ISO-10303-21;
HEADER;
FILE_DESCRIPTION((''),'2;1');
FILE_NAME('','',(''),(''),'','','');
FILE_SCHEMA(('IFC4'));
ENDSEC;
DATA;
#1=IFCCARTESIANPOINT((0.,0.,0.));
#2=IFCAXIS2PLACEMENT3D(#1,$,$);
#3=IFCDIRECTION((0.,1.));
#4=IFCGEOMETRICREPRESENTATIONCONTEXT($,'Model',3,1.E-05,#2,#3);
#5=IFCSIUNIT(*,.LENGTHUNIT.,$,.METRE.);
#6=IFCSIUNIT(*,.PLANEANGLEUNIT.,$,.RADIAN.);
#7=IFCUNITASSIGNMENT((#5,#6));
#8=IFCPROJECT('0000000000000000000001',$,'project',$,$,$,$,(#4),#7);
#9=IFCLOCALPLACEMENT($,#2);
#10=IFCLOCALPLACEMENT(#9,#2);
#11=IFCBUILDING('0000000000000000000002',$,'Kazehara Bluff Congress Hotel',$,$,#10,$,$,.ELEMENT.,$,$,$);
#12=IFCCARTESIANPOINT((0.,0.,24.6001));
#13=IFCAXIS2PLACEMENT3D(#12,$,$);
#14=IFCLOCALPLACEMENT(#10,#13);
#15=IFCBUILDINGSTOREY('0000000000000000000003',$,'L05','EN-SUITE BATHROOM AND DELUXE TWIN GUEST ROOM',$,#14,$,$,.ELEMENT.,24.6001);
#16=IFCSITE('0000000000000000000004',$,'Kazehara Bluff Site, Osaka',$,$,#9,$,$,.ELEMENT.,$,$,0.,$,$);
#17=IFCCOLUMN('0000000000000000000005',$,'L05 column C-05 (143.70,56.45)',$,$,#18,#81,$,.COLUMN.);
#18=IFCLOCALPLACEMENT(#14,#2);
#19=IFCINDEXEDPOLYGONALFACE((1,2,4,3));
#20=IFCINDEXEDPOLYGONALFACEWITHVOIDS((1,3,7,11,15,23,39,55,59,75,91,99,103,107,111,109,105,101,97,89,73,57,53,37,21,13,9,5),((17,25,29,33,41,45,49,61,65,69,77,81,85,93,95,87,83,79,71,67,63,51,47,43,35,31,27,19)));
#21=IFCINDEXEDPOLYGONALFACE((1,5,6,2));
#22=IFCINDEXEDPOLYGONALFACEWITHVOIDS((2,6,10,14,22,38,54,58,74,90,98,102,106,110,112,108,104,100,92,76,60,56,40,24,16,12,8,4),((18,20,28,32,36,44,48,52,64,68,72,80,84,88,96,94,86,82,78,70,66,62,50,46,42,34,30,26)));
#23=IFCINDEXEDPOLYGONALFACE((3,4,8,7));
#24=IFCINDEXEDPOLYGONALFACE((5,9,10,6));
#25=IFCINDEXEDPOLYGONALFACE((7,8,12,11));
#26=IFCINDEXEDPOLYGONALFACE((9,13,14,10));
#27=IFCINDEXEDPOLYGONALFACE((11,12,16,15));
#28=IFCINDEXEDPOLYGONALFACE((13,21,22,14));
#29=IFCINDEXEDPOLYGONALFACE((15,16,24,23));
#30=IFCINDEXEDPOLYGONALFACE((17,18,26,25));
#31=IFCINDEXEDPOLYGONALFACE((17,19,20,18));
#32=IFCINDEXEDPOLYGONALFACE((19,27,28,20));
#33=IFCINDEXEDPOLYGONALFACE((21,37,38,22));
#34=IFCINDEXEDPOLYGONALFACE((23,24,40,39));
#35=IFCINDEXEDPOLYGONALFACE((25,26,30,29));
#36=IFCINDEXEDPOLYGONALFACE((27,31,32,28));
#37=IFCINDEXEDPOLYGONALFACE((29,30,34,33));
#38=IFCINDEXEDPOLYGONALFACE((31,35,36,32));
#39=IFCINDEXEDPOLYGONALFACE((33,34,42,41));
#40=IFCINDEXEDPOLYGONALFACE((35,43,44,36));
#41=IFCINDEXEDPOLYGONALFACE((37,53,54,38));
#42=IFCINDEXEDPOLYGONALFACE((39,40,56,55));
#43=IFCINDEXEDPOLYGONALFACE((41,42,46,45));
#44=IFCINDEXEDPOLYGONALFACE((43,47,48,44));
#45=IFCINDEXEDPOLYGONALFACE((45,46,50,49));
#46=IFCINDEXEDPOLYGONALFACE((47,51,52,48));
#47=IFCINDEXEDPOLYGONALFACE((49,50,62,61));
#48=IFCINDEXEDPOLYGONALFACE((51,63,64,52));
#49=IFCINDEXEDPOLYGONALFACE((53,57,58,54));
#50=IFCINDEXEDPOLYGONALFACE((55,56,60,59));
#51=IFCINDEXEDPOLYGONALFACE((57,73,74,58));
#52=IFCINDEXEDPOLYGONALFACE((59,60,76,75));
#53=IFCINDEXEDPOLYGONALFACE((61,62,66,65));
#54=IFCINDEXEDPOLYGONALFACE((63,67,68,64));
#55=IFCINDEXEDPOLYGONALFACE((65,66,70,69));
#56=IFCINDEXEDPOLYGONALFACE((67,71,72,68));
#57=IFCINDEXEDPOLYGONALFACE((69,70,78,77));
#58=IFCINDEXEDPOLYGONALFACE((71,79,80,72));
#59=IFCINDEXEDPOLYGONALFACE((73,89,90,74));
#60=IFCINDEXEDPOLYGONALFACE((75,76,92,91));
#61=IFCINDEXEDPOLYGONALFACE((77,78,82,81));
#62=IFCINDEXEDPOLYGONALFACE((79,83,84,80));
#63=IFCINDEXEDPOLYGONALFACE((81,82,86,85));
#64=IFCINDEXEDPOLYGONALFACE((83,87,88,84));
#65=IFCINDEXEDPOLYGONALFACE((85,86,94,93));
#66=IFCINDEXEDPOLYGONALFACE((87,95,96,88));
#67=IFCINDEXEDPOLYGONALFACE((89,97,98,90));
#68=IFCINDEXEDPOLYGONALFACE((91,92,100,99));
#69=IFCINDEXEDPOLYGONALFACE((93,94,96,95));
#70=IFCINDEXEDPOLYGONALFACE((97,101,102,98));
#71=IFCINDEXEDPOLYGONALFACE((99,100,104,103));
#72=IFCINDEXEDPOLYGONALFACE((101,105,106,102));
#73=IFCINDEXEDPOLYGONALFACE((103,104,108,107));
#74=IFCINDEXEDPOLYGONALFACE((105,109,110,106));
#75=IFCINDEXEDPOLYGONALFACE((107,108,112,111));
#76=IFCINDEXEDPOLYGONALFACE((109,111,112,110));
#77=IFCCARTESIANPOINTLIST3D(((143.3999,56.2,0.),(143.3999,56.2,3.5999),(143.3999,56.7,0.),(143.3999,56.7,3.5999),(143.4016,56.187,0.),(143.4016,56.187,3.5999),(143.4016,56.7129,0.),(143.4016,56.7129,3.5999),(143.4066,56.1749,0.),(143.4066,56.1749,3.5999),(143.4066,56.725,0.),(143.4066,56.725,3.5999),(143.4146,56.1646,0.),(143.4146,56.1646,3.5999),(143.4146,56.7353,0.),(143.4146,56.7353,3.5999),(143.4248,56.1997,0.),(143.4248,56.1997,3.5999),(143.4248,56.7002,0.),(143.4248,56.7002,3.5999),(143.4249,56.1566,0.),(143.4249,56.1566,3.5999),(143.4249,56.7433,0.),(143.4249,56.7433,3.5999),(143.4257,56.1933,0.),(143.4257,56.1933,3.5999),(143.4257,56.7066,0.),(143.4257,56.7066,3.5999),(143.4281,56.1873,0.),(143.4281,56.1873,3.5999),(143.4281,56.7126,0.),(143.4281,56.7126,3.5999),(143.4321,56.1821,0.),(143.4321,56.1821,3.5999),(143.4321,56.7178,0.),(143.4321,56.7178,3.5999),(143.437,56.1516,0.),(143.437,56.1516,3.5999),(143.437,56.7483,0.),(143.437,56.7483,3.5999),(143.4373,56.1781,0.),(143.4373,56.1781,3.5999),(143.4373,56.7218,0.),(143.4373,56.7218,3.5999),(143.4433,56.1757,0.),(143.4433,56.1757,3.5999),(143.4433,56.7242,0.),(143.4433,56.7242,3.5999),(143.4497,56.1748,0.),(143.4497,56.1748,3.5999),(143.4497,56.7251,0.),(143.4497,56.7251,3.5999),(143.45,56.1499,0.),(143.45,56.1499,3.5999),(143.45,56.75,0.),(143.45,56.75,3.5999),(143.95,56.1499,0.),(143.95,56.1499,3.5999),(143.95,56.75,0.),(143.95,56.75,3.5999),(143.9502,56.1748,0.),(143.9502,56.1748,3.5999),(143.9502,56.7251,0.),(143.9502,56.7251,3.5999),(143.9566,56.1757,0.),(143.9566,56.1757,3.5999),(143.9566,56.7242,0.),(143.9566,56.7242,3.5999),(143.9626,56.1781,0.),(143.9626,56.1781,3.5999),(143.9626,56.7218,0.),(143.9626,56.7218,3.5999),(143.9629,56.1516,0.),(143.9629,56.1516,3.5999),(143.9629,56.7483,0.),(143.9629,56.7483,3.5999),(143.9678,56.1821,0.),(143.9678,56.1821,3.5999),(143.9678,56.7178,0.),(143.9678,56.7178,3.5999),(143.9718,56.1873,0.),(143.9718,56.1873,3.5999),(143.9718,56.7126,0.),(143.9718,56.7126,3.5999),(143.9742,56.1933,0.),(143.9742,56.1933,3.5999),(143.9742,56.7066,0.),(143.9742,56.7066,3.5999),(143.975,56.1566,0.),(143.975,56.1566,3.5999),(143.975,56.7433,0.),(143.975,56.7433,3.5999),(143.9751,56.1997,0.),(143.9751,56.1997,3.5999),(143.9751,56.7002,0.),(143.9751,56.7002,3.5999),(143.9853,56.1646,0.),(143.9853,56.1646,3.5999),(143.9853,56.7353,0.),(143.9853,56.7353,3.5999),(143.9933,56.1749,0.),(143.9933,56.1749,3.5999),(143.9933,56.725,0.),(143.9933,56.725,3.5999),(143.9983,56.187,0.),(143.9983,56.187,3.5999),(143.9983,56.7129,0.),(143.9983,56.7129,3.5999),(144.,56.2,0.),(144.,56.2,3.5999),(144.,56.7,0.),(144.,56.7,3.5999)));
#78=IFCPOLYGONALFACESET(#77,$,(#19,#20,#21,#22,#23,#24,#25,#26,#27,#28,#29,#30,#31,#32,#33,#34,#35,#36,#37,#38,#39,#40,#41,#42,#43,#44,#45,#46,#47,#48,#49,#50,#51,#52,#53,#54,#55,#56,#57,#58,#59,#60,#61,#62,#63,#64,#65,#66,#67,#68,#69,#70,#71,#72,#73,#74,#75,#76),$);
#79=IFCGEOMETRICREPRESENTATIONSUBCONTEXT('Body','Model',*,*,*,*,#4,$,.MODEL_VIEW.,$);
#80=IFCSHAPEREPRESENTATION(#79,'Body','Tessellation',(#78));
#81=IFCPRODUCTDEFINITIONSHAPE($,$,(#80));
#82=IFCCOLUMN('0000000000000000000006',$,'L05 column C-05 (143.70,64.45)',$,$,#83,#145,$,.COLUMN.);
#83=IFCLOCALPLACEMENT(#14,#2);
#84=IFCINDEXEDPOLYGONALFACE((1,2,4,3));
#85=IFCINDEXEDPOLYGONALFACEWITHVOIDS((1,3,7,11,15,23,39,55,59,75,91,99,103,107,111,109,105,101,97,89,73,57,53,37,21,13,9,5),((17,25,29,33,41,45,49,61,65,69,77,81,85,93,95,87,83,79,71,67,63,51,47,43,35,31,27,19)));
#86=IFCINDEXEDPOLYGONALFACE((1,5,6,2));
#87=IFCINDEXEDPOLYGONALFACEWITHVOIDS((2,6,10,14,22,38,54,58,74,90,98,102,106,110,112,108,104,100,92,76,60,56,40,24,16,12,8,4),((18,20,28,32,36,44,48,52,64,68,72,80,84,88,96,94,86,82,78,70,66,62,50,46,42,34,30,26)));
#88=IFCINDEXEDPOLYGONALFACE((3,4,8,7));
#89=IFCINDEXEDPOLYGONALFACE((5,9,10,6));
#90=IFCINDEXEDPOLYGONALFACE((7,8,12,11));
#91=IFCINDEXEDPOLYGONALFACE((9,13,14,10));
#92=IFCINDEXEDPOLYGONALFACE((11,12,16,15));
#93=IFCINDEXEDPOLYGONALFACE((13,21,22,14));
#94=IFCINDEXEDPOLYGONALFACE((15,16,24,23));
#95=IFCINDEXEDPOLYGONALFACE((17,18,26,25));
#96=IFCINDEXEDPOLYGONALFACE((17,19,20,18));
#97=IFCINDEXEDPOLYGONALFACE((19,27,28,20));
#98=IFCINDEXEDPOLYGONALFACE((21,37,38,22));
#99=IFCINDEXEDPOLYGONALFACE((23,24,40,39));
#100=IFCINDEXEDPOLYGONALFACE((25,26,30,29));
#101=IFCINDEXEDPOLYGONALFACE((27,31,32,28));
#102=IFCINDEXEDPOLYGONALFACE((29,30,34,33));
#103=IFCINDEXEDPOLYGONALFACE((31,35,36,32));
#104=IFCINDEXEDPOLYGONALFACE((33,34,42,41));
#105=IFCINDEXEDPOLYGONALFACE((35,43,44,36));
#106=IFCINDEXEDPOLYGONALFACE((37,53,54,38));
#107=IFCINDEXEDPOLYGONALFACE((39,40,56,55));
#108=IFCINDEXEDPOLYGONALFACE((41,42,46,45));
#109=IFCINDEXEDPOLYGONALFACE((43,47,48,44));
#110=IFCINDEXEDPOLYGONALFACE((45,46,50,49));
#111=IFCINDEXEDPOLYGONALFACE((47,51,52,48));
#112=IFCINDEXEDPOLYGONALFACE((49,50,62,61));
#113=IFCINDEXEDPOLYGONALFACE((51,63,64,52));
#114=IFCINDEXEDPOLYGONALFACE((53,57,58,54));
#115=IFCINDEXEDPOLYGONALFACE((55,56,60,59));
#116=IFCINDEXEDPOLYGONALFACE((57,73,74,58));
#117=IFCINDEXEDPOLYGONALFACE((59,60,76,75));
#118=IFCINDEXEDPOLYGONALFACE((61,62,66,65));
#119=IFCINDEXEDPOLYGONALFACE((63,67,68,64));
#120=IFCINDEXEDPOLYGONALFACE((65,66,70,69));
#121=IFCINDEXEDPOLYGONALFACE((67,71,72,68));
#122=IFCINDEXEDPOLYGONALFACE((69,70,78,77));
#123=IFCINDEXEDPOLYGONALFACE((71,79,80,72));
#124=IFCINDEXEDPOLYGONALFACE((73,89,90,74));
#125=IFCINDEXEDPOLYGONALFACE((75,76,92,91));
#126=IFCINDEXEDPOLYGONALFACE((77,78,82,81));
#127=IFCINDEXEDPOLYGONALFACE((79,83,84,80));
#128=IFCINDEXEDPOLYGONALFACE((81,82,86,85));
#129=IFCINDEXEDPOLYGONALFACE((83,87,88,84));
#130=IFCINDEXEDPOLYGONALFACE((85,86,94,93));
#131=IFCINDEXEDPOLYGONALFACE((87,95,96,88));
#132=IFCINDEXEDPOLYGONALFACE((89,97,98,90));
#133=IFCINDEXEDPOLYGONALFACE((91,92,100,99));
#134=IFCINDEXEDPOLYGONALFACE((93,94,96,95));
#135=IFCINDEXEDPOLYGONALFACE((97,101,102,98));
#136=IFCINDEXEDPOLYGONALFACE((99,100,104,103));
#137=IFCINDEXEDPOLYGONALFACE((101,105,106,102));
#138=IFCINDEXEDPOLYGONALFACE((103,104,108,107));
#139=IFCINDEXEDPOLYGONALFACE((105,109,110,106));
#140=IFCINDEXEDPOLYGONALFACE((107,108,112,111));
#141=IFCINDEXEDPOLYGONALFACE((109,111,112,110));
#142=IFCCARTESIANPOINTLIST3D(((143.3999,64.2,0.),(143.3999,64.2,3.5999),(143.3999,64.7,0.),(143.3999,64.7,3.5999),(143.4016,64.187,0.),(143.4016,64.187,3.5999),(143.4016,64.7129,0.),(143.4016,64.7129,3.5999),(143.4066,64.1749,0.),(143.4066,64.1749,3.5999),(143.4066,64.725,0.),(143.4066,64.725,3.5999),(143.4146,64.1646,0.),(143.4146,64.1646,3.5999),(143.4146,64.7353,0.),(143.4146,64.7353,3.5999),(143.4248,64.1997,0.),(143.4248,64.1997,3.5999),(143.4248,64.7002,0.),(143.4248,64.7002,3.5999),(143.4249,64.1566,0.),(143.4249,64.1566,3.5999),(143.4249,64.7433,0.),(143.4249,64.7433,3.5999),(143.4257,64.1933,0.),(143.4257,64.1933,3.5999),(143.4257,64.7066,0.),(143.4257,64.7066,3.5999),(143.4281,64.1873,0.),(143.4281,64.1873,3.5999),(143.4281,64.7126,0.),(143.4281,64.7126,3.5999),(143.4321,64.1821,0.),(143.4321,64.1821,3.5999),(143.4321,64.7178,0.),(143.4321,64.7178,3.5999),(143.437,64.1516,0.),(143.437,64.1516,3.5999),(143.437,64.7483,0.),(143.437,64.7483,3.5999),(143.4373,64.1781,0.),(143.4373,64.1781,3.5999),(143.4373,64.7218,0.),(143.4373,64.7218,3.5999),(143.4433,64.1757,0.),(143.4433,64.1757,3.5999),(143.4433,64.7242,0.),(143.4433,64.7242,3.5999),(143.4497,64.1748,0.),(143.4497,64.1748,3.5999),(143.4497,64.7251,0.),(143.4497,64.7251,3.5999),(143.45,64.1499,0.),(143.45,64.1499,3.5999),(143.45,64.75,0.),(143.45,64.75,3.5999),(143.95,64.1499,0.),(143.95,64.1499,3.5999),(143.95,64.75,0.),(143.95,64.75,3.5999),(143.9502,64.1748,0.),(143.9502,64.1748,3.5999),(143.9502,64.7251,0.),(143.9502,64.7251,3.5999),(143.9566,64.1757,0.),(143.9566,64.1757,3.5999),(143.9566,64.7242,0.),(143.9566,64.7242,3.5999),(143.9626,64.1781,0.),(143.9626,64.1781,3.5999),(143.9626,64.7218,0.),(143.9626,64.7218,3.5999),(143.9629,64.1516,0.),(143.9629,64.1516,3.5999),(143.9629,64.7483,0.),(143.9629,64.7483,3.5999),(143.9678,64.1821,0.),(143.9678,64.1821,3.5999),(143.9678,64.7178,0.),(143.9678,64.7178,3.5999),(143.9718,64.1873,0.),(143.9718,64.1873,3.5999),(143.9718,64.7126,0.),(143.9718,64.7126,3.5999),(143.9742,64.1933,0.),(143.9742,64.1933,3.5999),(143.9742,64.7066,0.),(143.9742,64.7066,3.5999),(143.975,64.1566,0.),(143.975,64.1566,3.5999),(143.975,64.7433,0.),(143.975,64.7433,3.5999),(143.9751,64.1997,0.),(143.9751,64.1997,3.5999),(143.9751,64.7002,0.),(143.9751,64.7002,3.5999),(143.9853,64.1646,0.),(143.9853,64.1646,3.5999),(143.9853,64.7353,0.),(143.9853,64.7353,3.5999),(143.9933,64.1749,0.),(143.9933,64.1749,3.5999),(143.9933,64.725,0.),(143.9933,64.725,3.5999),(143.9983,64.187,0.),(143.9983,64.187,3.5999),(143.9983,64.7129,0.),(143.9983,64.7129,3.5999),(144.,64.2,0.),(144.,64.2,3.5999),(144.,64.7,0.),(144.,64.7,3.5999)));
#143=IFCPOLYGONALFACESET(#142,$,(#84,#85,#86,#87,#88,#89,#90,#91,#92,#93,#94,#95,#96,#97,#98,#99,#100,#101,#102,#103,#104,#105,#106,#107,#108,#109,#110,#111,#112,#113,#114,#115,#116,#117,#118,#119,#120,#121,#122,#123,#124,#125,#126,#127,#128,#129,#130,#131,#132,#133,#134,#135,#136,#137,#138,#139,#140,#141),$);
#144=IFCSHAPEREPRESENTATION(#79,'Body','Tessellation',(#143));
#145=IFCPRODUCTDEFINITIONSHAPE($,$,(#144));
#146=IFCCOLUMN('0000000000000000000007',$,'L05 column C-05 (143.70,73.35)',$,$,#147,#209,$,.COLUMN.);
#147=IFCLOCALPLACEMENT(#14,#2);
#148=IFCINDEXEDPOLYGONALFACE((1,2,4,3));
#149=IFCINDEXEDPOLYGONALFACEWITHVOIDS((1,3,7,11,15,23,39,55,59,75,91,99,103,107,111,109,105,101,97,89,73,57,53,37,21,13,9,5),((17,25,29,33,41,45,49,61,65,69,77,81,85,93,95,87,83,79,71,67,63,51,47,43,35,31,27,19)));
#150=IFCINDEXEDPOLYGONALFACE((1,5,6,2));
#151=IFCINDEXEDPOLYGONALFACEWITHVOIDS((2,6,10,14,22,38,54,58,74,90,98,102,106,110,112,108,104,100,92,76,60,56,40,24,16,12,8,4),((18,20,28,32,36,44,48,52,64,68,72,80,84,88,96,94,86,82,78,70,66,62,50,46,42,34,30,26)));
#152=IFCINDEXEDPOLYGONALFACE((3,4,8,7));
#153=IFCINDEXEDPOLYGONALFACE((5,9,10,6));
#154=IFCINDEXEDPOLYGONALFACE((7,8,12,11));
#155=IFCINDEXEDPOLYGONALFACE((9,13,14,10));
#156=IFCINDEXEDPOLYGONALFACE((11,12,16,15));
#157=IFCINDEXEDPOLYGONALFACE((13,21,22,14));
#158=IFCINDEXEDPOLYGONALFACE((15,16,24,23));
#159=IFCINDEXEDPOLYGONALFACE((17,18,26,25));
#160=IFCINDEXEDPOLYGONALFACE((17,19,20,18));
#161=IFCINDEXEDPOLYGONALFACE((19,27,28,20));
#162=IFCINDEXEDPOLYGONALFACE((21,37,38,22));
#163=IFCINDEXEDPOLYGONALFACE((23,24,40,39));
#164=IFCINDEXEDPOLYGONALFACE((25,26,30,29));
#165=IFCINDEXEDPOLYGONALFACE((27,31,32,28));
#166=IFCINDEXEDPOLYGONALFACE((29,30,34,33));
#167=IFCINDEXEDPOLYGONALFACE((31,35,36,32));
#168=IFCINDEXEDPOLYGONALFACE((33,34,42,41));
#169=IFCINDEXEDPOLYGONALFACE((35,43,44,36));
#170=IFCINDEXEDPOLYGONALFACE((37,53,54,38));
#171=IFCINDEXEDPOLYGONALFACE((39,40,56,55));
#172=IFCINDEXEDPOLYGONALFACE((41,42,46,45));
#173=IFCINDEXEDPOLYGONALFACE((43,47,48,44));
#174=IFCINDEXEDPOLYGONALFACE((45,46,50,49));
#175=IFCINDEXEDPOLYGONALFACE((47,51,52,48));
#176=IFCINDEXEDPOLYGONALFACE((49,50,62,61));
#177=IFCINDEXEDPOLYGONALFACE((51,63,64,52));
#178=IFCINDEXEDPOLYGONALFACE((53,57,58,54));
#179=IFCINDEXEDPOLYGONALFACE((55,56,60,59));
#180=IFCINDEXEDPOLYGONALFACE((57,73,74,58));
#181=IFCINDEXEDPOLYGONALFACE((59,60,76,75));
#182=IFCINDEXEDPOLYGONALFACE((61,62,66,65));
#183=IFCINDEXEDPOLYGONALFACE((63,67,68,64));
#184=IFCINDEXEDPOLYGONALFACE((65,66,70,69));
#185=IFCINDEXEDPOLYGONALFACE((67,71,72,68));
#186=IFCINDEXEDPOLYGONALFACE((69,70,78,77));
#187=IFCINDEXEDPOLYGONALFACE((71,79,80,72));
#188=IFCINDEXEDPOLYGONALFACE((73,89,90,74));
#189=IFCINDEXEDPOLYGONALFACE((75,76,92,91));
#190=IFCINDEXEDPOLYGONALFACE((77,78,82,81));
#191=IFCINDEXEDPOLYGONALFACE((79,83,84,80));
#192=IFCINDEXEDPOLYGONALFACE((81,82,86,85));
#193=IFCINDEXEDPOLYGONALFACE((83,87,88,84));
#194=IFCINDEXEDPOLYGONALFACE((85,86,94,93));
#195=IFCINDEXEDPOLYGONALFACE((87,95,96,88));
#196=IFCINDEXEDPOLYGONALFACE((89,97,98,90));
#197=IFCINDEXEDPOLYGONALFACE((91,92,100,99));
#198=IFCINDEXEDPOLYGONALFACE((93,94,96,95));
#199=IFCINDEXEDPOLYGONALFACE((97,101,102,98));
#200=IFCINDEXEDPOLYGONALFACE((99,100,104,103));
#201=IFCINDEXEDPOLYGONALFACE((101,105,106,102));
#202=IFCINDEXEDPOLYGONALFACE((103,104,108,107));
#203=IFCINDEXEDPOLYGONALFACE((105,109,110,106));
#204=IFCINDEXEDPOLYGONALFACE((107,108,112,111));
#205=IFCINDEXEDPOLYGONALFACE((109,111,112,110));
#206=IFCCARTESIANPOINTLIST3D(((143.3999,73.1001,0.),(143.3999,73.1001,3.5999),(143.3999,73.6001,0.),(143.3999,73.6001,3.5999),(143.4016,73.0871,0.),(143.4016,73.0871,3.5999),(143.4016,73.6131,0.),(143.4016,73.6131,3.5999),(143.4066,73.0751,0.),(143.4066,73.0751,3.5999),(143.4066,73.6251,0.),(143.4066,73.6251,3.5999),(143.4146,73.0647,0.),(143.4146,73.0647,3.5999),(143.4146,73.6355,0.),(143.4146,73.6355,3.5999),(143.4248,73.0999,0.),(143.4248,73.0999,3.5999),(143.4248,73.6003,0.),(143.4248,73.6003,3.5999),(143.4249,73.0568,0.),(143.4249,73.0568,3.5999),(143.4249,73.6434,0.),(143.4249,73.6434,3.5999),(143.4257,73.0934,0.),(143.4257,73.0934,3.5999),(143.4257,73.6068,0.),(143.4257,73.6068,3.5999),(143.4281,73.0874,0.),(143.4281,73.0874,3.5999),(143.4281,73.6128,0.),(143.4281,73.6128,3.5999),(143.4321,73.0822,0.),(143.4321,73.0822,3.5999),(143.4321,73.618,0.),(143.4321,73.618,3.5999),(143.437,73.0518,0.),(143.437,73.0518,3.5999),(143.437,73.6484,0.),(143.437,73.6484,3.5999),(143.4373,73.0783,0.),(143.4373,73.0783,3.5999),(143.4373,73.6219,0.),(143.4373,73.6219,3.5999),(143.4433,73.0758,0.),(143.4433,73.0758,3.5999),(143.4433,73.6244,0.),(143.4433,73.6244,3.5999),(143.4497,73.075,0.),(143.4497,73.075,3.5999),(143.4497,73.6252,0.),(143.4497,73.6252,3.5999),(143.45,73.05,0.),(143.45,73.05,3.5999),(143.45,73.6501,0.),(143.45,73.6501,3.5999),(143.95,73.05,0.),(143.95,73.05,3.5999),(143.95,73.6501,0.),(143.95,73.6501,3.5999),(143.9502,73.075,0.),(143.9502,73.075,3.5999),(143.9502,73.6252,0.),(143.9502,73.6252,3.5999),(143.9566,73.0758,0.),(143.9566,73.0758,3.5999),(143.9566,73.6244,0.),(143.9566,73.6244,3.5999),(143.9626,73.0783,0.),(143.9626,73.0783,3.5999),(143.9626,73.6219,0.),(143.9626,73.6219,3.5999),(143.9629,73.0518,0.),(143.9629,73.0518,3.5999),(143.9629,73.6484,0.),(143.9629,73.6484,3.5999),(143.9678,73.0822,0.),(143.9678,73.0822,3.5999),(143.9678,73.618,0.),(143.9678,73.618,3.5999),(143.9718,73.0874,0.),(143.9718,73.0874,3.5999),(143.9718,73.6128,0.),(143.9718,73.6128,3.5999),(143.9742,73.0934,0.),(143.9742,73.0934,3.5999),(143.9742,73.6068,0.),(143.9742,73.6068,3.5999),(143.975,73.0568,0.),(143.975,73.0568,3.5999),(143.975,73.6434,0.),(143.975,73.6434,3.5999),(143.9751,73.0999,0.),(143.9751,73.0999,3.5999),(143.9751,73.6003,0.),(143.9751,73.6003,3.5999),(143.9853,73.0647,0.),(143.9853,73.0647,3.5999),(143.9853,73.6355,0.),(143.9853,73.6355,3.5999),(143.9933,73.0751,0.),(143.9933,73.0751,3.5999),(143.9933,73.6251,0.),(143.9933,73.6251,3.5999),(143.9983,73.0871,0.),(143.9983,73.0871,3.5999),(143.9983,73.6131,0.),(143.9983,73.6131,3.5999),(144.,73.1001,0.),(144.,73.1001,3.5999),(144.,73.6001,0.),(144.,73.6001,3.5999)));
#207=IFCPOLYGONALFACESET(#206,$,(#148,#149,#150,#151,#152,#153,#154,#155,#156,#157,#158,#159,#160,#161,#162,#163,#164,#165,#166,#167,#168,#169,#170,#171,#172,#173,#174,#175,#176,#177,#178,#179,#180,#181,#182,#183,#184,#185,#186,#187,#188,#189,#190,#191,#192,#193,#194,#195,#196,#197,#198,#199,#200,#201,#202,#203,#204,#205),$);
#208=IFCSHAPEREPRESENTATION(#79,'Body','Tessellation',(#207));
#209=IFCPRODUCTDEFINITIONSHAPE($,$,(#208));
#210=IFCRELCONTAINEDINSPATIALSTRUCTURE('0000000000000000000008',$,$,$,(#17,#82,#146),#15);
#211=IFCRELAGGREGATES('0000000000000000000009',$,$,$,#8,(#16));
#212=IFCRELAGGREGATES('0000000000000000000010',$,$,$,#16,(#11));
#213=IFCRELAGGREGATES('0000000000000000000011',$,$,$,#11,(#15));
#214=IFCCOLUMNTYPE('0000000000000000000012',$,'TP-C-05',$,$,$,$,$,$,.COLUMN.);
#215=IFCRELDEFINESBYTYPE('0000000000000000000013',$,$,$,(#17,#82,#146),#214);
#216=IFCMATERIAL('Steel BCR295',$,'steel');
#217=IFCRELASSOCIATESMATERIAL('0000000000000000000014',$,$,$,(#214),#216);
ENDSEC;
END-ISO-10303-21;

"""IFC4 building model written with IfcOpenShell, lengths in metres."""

from ifc_helpers import new_model, si_unit, direction, frame, origin, origin_2d, place, context, subcontext, project, spatial, hollow_rectangle, extrude, material, material_profile, profile_set, type_object, element, save


model = new_model("IFC4")

# Units and contexts
model_context = context("Model", 3, precision=1e-05, world=origin(), true_north=direction((0.0, 1.0)))
body_context = subcontext(model_context, "Body", "Model", "MODEL_VIEW")
ifc_project = project(units=[si_unit("LENGTHUNIT", "METRE"), si_unit("PLANEANGLEUNIT", "RADIAN")], contexts=[model_context])

# Site, building, storey
site_placement = place(None, origin())
site = spatial("IfcSite", under=ifc_project, at=site_placement, Name="Kazehara Bluff Site, Osaka", CompositionType="ELEMENT", RefElevation=0.0)
building_placement = place(site_placement, origin())
building = spatial("IfcBuilding", under=site, at=building_placement, Name="Kazehara Bluff Congress Hotel", CompositionType="ELEMENT")
storey_placement = place(building_placement, frame((0.0, 0.0, 24.6001)))
storey = spatial("IfcBuildingStorey", under=building, at=storey_placement, Name="L05", Description="EN-SUITE BATHROOM AND DELUXE TWIN GUEST ROOM", CompositionType="ELEMENT", Elevation=24.6001)

# Columns
ifc_material_1 = material(Name="Steel BCR295", Category="steel")
ifc_material_profile_1 = material_profile(ifc_material_1, hollow_rectangle(XDim=0.6001, YDim=0.6001, WallThickness=0.0249, InnerFilletRadius=0.0249, OuterFilletRadius=0.05, at=origin_2d()))
ifc_profile_set_1 = profile_set([ifc_material_profile_1], Name="Steel BCR295")
column_type = type_object("IfcColumnType", Name="TP-C-05", PredefinedType="COLUMN", material=ifc_profile_set_1)
for number, where, z_axis, x_axis, name in (
    (1, (143.7, 56.45, 0.0), (0.0, 0.0, 1.0), (1.0, 0.0, 0.0), "L05 column C-05 (143.70,56.45)"),
    (2, (143.7, 64.45, 0.0), (0.0, 0.0, 1.0), (1.0, 0.0, 0.0), "L05 column C-05 (143.70,64.45)"),
    (3, (143.7, 73.3501, 0.0), (0.0, 0.0, 1.0), (1.0, 0.0, 0.0), "L05 column C-05 (143.70,73.35)"),
):
    element("IfcColumn", number, at=place(storey_placement, frame(where, z_axis=z_axis, x_axis=x_axis)), inside=storey, type_object=column_type, Name=name, PredefinedType="COLUMN", context=body_context, shape_type="SweptSolid", body=[
        extrude(hollow_rectangle(XDim=0.6001, YDim=0.6001, WallThickness=0.0249, InnerFilletRadius=0.0249, OuterFilletRadius=0.05, at=origin_2d()), origin(), (0.0, 0.0, 1.0), 3.5999),
    ])

save(model, "model.ifc")
